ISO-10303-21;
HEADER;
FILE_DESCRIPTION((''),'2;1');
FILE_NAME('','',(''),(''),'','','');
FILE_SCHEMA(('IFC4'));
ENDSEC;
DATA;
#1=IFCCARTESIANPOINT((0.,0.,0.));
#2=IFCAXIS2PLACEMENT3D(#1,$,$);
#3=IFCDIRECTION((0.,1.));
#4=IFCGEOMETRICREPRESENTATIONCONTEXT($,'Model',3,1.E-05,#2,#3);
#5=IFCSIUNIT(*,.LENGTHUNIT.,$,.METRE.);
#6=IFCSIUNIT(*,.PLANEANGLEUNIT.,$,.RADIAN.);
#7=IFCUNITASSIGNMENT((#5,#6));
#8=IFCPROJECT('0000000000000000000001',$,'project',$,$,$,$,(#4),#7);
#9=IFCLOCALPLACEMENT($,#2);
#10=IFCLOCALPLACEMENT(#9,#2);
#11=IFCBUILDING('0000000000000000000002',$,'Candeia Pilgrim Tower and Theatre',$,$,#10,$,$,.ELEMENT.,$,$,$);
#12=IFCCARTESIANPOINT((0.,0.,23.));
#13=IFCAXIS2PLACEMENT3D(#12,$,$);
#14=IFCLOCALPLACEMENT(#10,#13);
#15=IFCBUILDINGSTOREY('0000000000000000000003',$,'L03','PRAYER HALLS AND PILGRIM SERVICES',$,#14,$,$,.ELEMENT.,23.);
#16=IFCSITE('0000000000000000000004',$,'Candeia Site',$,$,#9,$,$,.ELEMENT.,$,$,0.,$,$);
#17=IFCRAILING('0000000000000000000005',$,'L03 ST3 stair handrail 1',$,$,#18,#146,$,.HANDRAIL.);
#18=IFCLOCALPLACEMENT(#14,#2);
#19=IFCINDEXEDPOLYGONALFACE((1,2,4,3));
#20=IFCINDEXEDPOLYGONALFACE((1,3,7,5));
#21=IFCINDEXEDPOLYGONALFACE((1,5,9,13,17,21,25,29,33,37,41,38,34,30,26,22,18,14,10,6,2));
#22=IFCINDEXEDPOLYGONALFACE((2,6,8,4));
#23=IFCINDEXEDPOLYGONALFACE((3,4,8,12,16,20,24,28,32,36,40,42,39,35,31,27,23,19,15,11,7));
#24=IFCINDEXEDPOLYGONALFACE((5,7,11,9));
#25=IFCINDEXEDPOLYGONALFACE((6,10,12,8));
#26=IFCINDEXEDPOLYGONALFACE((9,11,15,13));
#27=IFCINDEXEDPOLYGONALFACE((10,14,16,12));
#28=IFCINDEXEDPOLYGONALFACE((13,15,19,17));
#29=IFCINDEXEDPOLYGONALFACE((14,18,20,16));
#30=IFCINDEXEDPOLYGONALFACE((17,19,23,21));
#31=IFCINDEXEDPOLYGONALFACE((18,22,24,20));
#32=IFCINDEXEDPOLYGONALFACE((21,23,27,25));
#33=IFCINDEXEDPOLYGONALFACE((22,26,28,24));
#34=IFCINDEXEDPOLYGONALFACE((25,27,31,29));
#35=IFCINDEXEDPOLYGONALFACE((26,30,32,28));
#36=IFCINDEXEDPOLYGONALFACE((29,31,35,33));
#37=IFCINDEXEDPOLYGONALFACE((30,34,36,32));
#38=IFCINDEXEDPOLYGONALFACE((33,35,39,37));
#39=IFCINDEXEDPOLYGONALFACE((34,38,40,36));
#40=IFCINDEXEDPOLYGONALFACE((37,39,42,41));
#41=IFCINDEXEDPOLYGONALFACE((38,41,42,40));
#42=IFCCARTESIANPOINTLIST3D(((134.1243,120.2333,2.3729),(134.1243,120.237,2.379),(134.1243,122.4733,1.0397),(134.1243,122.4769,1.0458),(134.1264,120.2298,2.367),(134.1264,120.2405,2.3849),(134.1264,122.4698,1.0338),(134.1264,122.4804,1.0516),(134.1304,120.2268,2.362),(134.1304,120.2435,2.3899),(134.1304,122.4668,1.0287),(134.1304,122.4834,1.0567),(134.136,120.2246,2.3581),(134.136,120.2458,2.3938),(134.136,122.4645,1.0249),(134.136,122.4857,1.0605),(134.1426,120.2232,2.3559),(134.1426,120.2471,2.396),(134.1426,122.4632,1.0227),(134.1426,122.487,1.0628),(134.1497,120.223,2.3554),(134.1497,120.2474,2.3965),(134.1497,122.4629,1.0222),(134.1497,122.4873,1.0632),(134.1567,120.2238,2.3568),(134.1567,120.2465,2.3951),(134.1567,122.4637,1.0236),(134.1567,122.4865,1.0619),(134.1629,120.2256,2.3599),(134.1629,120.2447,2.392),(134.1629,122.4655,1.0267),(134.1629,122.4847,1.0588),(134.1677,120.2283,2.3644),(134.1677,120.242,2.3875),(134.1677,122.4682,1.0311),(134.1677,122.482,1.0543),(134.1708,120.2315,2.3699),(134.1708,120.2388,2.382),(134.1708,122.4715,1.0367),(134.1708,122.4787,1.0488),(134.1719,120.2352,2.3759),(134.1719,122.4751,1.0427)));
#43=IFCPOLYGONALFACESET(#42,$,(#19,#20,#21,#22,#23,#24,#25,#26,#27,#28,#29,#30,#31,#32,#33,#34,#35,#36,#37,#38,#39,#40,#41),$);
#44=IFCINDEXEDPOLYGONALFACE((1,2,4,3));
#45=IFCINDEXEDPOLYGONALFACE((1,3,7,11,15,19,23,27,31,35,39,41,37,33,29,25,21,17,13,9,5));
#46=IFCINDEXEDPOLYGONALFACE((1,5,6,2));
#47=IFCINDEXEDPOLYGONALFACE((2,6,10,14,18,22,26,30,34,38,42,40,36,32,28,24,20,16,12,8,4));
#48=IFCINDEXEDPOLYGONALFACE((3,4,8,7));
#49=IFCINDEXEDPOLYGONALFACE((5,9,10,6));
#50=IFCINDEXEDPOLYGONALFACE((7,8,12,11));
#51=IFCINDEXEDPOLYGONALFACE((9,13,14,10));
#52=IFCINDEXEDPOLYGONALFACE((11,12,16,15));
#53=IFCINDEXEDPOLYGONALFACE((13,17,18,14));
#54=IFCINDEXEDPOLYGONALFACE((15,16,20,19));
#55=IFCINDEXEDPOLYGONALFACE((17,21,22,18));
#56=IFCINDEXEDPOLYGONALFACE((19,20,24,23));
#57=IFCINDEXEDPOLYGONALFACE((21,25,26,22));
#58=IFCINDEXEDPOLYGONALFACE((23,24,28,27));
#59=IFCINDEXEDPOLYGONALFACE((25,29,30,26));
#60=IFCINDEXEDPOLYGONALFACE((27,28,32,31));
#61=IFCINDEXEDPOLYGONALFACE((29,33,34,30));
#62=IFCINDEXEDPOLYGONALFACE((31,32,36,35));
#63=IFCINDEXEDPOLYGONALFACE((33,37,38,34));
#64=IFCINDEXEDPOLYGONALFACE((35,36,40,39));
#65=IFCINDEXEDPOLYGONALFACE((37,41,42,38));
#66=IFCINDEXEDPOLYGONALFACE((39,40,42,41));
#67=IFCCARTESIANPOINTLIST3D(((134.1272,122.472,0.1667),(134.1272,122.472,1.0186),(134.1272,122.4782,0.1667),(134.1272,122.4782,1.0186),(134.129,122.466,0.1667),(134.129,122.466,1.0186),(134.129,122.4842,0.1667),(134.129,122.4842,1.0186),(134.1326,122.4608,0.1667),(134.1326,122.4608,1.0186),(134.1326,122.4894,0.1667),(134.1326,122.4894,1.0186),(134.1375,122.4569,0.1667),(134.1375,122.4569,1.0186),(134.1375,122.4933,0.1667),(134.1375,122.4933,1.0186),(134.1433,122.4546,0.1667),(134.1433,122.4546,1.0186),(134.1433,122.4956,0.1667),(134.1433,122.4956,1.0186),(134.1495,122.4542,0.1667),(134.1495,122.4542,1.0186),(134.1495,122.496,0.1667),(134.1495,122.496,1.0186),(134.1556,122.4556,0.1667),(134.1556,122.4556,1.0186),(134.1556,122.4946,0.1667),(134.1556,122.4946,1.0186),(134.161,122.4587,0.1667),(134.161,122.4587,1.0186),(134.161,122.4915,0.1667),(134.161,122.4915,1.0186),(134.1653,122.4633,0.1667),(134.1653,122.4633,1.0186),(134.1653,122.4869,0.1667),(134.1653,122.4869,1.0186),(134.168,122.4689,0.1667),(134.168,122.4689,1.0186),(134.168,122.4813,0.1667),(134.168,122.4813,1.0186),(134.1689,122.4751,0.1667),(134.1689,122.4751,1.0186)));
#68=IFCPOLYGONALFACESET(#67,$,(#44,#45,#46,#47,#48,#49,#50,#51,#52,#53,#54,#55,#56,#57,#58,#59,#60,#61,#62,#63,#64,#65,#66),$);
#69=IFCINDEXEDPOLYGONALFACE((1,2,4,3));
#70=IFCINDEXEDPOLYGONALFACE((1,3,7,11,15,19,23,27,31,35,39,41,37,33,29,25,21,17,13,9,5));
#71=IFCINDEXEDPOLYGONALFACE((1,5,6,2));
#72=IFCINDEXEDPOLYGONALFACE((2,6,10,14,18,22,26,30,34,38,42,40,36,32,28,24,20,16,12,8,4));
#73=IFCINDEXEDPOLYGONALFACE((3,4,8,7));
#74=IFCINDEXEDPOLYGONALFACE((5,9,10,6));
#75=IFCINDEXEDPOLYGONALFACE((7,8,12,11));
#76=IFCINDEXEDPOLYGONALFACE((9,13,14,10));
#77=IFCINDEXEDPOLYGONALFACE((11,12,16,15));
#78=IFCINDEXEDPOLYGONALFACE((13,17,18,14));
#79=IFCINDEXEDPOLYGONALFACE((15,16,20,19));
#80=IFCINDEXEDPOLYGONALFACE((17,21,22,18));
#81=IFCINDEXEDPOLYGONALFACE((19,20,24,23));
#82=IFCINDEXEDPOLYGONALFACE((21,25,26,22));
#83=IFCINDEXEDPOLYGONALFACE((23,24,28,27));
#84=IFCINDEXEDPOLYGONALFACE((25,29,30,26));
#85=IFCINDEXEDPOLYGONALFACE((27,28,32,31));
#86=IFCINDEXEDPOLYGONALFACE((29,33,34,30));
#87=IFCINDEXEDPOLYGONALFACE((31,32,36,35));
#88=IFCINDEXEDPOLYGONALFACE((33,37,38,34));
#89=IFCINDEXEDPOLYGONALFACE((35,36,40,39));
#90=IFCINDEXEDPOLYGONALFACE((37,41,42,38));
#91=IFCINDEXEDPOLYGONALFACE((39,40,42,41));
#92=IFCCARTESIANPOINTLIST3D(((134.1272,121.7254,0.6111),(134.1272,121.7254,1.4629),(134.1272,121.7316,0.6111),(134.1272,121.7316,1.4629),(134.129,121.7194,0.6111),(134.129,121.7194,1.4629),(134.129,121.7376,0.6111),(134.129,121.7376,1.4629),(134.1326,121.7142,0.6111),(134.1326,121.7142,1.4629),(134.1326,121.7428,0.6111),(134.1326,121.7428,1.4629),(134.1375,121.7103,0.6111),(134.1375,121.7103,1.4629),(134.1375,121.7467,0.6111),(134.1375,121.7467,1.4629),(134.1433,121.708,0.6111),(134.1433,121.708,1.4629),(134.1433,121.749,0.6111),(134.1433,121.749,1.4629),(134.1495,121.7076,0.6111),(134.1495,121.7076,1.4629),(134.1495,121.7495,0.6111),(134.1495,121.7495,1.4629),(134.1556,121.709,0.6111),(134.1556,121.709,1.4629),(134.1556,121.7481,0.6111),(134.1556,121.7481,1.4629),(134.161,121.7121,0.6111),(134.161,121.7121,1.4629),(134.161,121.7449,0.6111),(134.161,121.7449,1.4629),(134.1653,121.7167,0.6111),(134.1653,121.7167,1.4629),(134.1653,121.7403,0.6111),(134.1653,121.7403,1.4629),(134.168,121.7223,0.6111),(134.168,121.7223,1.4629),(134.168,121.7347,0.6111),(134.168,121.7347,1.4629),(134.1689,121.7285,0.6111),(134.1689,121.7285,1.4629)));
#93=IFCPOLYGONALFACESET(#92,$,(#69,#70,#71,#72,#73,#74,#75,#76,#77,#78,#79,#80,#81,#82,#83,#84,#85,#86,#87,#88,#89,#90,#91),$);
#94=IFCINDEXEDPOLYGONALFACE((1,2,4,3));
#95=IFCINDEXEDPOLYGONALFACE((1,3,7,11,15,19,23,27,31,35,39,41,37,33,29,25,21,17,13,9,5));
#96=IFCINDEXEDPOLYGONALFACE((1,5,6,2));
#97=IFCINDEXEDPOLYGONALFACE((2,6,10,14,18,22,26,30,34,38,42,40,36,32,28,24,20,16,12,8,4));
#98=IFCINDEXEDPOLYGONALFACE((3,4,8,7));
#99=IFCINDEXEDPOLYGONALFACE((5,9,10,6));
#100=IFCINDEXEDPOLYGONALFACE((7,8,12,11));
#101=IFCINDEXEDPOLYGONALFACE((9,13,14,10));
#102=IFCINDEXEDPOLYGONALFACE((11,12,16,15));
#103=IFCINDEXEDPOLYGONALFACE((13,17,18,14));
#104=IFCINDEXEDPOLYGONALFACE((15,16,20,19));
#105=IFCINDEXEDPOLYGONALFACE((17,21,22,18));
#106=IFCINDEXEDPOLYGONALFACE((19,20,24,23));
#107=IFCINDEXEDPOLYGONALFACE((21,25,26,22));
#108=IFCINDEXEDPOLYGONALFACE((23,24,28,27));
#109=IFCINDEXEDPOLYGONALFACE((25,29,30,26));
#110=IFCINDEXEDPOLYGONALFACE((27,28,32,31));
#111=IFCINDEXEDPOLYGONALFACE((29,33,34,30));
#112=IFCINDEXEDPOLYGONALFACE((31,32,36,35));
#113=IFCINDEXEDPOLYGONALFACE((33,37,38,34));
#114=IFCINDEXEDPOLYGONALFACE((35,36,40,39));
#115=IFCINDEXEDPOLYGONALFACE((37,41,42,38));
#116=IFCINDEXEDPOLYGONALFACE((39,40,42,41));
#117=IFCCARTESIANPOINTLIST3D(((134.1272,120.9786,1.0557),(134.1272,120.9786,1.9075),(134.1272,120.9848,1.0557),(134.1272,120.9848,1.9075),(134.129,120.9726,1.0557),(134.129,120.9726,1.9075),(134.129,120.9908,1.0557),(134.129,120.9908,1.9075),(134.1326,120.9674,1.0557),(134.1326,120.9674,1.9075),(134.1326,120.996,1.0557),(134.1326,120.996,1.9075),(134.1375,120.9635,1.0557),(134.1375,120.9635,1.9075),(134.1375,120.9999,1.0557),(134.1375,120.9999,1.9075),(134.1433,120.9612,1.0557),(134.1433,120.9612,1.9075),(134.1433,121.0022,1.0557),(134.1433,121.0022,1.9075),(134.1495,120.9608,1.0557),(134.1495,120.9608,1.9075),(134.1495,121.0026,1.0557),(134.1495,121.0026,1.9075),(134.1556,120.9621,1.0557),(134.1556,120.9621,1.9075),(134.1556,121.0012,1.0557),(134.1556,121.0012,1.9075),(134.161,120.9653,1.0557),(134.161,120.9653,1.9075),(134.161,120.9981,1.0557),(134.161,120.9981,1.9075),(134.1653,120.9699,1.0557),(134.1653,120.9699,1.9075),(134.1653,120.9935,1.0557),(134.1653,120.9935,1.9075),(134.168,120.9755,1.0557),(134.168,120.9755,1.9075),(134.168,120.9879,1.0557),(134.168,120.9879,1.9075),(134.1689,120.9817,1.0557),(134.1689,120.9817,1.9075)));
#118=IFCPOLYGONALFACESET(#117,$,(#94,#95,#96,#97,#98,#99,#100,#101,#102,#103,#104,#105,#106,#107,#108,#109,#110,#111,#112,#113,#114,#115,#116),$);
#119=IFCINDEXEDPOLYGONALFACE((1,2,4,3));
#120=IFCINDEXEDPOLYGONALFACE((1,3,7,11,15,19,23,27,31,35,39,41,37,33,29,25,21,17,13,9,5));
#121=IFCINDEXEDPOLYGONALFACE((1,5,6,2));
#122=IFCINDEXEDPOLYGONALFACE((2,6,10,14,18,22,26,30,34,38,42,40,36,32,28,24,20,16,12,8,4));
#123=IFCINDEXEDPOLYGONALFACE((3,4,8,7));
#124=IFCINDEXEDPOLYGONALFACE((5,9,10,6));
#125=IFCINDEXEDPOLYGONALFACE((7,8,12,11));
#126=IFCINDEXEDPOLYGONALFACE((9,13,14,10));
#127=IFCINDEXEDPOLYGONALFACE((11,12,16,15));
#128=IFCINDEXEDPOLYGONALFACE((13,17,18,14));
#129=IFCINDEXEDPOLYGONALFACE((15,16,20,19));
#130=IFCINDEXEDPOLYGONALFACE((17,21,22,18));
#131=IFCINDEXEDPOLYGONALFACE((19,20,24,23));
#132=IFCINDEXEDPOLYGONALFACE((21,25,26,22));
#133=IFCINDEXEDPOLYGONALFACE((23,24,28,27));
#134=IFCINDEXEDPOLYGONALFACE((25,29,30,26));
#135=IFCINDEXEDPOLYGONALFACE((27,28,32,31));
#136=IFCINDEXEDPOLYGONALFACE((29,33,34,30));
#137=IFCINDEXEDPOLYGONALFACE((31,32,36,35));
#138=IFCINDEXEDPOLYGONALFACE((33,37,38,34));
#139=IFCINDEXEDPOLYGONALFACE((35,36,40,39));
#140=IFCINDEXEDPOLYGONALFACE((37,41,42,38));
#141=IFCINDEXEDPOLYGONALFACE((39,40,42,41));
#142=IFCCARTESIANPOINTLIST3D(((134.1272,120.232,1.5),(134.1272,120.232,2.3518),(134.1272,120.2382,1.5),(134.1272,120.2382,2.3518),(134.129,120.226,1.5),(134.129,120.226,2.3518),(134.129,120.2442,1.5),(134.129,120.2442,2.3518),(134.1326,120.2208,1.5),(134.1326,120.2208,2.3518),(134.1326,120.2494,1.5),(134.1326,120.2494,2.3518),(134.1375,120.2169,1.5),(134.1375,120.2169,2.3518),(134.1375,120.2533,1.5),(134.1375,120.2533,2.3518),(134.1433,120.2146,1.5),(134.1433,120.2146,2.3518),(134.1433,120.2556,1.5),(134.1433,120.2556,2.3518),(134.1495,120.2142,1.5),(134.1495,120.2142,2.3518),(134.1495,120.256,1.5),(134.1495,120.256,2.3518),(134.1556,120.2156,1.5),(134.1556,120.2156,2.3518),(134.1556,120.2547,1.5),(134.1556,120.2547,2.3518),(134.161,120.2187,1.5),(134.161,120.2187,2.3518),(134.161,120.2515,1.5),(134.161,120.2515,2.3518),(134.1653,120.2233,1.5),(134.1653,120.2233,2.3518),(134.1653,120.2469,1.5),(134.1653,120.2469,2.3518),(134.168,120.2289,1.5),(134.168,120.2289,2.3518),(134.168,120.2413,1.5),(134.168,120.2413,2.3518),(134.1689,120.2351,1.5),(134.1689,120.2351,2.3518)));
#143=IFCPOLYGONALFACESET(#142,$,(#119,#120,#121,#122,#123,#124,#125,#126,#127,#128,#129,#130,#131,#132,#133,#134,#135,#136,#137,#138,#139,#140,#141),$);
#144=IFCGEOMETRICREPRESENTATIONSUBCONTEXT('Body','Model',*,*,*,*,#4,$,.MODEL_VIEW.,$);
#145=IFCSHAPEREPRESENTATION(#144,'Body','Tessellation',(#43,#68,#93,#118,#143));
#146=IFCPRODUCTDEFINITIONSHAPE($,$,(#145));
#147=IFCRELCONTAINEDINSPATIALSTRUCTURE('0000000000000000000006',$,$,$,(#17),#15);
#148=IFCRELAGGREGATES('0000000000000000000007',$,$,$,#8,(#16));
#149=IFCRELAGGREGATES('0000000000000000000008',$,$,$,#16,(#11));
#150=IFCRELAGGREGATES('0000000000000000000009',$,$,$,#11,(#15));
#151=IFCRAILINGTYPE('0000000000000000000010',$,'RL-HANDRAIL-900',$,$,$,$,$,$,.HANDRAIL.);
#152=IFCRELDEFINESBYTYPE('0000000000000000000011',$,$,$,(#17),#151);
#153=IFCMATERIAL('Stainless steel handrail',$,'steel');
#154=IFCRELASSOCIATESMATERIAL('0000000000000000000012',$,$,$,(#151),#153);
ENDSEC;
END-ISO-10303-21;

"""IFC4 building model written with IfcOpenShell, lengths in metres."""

from ifc_helpers import new_model, si_unit, direction, frame, origin, origin_2d, place, context, subcontext, project, spatial, circle, extrude, material, type_object, element, save


model = new_model("IFC4")

# Units and contexts
model_context = context("Model", 3, precision=1e-05, world=origin(), true_north=direction((0.0, 1.0)))
body_context = subcontext(model_context, "Body", "Model", "MODEL_VIEW")
ifc_project = project(units=[si_unit("LENGTHUNIT", "METRE"), si_unit("PLANEANGLEUNIT", "RADIAN")], contexts=[model_context])

# Site, building, storey
site_placement = place(None, origin())
site = spatial("IfcSite", under=ifc_project, at=site_placement, Name="Candeia Site", CompositionType="ELEMENT", RefElevation=0.0)
building_placement = place(site_placement, origin())
building = spatial("IfcBuilding", under=site, at=building_placement, Name="Candeia Pilgrim Tower and Theatre", CompositionType="ELEMENT")
storey_placement = place(building_placement, frame((0.0, 0.0, 23.0)))
storey = spatial("IfcBuildingStorey", under=building, at=storey_placement, Name="L03", Description="PRAYER HALLS AND PILGRIM SERVICES", CompositionType="ELEMENT", Elevation=23.0)

# Railing
ifc_material_1 = material(Name="Stainless steel handrail", Category="steel")
railing_type_1 = type_object("IfcRailingType", Name="RL-HANDRAIL-900", PredefinedType="HANDRAIL", material=ifc_material_1)
railing_1_placement = place(storey_placement, frame((134.1479, 122.4751, 0.1667)))
element("IfcRailing", 1, at=railing_1_placement, inside=storey, type_object=railing_type_1, Name="L03 ST3 stair handrail 1", PredefinedType="HANDRAIL", context=body_context, shape_type="SweptSolid", body=[
    extrude(circle(Radius=0.0239, at=origin_2d()), frame((0.0, 0.0, 0.876), z_axis=(0.0, -0.859306, 0.511462), x_axis=(1.0, 0.0, 0.0)), (0.0, 0.0, 1.0), 2.6067),
    extrude(circle(Radius=0.021, at=origin_2d()), origin(), (0.0, 0.0, 1.0), 0.8518),
    extrude(circle(Radius=0.021, at=origin_2d()), frame((0.0, -0.7466, 0.4443)), (0.0, 0.0, 1.0), 0.8518),
    extrude(circle(Radius=0.021, at=origin_2d()), frame((0.0, -1.4934, 0.8889)), (0.0, 0.0, 1.0), 0.8518),
    extrude(circle(Radius=0.021, at=origin_2d()), frame((0.0, -2.24, 1.3333)), (0.0, 0.0, 1.0), 0.8518),
])

save(model, "model.ifc")
